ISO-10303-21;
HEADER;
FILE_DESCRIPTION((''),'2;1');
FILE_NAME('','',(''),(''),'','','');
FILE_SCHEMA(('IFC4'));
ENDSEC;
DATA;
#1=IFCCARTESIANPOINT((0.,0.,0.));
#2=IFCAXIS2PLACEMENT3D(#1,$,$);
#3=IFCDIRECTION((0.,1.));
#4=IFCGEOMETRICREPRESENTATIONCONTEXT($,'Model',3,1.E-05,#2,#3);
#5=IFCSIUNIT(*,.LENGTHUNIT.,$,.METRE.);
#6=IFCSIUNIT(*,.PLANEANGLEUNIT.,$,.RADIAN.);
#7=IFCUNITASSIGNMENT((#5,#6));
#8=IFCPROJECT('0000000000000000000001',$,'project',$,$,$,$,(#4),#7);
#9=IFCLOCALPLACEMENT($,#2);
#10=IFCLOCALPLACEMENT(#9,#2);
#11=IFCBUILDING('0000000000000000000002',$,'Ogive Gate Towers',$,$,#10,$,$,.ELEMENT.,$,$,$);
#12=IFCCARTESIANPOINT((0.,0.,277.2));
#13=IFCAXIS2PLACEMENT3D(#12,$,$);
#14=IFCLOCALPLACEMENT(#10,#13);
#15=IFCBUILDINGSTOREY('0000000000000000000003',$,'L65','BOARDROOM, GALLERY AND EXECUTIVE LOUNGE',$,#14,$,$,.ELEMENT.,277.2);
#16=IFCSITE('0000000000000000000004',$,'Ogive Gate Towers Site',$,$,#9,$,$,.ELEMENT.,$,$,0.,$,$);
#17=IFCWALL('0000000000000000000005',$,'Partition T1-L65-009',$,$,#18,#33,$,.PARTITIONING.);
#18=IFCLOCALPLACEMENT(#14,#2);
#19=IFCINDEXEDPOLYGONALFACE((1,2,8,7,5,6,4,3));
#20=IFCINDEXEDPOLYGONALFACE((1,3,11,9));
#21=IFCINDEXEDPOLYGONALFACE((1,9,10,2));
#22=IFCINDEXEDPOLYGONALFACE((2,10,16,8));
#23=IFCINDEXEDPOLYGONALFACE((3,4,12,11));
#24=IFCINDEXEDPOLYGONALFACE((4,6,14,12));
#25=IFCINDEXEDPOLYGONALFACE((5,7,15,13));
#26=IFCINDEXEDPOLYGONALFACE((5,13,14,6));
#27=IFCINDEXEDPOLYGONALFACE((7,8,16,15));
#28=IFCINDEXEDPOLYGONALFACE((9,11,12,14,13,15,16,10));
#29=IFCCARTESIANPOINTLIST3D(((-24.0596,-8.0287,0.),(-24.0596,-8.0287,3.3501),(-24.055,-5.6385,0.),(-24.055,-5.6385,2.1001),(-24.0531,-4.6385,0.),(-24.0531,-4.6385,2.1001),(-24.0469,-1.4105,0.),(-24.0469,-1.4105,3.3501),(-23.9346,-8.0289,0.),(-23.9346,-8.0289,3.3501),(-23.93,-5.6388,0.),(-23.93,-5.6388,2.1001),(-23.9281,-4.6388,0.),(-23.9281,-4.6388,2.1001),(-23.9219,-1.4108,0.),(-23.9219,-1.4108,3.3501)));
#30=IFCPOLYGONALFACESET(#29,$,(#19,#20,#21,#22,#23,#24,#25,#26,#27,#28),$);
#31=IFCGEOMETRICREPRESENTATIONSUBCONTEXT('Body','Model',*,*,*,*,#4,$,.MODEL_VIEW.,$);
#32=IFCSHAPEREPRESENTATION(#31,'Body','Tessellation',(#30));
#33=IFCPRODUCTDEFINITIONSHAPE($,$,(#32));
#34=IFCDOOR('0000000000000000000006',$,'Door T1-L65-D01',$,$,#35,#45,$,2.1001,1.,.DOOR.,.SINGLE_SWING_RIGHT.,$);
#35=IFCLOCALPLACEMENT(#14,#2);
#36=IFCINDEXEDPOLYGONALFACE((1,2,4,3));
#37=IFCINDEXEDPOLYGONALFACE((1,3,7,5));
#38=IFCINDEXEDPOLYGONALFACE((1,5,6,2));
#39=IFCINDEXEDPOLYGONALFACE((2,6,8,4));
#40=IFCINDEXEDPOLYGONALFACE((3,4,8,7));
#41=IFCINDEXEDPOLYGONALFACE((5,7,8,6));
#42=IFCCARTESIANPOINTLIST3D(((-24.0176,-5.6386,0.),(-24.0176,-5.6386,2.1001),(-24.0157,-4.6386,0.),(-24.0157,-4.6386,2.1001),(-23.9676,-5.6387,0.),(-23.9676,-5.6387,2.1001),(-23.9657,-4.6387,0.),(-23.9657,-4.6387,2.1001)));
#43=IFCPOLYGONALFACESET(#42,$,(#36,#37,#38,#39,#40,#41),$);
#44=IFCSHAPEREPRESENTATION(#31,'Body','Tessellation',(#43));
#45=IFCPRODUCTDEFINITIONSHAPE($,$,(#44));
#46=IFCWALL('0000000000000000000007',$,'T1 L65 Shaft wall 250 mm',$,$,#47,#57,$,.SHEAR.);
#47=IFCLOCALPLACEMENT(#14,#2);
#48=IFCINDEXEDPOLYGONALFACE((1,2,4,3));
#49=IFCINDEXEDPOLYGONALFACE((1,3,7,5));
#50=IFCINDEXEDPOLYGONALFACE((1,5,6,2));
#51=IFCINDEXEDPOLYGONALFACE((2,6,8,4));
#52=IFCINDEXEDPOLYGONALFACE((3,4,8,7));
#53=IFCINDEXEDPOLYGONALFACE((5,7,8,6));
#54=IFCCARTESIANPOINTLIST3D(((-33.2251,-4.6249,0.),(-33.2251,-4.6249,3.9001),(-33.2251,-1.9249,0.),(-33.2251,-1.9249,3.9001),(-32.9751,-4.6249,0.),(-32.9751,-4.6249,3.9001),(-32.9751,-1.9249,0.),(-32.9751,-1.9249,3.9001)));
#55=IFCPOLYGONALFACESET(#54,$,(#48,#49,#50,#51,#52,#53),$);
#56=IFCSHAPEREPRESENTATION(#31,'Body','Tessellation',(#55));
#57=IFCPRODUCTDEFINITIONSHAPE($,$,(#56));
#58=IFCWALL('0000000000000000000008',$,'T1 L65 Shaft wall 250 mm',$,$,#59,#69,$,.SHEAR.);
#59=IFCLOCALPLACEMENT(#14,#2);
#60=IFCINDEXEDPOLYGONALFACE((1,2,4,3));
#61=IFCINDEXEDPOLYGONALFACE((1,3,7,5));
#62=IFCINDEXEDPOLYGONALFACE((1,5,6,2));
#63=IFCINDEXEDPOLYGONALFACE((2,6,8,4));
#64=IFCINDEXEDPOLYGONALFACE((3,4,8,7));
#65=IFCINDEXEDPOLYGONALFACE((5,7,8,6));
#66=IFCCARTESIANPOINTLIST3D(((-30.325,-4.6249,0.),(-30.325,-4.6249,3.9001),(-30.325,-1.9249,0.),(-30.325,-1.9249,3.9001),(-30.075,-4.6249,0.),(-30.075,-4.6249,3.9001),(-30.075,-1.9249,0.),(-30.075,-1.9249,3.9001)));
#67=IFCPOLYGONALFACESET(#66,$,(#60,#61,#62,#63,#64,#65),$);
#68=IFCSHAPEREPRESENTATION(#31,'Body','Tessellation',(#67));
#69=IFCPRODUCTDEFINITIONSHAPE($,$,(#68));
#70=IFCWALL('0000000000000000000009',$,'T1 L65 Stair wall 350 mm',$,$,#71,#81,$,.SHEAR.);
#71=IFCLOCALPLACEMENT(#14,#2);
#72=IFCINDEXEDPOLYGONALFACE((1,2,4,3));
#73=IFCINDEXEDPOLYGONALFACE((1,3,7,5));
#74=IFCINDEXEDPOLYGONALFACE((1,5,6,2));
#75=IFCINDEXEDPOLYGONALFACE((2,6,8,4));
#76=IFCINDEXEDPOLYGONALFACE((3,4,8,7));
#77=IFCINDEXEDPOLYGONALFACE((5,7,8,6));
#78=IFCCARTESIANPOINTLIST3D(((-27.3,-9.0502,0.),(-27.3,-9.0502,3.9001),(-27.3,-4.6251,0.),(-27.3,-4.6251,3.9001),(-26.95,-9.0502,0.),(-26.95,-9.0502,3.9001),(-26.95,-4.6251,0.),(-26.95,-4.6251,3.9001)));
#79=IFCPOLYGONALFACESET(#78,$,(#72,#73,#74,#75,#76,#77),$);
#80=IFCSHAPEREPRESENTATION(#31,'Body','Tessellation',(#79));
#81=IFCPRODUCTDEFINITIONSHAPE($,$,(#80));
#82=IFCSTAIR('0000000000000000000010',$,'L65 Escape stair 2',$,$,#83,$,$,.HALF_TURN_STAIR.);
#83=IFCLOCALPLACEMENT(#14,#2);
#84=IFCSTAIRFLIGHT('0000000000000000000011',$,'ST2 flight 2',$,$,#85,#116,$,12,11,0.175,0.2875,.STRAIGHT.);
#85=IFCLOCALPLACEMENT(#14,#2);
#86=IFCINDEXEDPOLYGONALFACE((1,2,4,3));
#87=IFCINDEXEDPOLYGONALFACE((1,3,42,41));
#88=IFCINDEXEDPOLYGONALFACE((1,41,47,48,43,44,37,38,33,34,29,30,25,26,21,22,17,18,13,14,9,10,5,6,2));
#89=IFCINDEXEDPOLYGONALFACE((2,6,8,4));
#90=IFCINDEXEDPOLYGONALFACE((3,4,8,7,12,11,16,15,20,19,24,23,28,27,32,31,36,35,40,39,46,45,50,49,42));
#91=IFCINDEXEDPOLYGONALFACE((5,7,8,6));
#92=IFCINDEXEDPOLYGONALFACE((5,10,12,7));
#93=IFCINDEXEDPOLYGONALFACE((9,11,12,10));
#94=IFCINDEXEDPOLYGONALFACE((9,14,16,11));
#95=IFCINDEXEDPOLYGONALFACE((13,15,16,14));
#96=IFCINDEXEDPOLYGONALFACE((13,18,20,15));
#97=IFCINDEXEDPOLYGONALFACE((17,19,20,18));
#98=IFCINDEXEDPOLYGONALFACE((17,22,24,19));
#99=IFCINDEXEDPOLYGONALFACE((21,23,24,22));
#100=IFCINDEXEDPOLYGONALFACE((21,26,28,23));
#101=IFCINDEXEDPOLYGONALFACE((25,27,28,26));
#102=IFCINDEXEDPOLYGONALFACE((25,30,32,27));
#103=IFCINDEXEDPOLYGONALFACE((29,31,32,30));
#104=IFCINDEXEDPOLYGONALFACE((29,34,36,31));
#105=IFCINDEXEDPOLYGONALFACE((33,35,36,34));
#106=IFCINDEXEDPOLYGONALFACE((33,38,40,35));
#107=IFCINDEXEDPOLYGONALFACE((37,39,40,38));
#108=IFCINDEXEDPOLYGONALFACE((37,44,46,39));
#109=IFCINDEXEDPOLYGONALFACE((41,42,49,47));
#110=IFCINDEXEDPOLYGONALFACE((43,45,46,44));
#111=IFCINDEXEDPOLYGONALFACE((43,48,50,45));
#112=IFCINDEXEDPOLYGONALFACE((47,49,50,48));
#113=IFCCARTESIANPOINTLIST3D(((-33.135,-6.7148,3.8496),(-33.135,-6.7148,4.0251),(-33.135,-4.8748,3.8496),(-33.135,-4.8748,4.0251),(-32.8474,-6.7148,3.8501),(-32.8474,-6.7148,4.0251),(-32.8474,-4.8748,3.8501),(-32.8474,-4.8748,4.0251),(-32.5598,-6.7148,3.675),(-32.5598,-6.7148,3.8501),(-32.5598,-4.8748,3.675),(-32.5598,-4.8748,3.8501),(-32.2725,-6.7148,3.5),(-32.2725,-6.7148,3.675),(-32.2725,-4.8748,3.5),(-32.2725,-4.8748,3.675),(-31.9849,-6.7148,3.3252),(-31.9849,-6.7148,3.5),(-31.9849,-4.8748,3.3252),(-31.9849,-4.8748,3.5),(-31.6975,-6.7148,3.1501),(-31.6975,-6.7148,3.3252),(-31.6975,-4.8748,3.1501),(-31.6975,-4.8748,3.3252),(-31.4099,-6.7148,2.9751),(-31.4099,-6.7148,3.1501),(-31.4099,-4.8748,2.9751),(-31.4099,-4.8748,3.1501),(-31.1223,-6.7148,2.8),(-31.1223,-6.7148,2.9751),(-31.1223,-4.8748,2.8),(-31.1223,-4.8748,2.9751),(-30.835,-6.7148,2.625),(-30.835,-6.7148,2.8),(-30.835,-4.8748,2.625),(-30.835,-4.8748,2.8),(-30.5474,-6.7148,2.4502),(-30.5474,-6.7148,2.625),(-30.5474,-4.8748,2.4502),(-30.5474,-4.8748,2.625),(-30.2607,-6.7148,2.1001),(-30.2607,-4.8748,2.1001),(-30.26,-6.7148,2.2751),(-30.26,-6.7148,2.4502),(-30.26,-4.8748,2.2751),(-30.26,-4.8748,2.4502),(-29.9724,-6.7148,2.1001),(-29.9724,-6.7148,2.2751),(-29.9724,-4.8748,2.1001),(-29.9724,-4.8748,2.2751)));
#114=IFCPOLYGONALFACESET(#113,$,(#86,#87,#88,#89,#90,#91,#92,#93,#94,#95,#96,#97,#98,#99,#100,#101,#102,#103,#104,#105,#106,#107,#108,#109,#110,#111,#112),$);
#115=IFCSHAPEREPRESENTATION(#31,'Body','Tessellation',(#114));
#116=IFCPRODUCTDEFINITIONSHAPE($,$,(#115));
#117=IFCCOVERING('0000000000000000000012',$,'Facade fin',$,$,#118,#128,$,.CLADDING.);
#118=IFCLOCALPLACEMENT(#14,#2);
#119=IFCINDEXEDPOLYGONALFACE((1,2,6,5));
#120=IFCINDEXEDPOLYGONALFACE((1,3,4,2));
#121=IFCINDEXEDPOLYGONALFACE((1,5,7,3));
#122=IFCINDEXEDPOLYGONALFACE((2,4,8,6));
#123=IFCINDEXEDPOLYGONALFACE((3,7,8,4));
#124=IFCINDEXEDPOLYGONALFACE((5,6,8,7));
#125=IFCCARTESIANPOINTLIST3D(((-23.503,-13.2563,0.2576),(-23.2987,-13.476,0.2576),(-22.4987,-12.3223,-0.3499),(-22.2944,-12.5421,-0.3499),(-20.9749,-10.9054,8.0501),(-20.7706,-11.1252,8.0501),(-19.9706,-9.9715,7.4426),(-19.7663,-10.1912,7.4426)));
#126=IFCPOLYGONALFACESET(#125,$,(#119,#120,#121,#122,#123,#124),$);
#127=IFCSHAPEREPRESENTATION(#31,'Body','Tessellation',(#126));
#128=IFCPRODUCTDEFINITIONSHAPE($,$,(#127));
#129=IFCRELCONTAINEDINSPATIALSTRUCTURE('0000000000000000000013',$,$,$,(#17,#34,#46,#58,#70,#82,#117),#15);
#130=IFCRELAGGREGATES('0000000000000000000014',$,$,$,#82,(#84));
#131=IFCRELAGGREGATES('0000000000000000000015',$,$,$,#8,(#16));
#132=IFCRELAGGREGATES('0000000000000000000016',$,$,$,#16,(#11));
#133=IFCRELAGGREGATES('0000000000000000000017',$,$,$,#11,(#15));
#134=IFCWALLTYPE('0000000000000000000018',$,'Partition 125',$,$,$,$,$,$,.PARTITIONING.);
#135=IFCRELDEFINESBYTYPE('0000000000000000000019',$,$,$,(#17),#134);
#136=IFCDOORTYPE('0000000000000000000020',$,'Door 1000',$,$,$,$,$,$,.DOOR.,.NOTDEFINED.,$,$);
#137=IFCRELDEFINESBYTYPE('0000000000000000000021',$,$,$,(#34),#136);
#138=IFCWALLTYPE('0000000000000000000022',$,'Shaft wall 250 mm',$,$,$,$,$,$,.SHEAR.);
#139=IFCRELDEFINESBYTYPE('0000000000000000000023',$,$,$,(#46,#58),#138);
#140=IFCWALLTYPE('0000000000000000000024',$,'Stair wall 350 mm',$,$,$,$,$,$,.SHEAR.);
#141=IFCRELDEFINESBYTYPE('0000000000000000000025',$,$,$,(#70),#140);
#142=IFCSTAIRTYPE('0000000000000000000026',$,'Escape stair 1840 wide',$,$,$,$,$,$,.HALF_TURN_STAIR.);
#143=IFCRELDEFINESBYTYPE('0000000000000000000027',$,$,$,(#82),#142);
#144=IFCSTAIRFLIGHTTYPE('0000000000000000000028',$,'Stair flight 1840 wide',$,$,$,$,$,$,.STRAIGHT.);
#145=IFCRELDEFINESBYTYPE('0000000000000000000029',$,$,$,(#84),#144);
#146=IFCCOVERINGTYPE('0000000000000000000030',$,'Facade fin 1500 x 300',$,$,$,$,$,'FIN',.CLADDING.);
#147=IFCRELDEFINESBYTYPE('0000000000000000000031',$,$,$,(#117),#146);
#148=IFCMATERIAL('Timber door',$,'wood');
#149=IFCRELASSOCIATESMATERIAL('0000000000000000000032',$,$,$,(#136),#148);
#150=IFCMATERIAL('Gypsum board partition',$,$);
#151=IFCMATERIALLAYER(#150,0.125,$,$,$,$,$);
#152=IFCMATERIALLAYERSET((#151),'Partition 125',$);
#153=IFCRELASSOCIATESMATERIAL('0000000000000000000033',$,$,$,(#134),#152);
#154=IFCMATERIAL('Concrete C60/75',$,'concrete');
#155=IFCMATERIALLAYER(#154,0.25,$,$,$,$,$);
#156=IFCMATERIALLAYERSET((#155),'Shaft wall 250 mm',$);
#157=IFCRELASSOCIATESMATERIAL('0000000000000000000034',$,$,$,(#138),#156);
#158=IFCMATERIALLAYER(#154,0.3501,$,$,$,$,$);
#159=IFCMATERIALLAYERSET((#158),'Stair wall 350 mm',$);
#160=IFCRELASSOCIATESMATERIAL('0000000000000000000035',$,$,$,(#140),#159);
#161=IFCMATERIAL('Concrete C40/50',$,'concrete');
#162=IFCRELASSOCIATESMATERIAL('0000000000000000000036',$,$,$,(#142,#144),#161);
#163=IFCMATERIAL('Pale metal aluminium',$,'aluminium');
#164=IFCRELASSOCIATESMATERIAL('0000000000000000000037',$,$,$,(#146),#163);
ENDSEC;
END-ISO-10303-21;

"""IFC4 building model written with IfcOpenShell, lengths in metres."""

from ifc_helpers import new_model, si_unit, direction, frame, frame_2d, origin, origin_2d, place, context, subcontext, project, spatial, polyline, rectangle, outline, extrude, material, layer, layer_set, material_profile, profile_set, type_object, element, fill, aggregate, save


model = new_model("IFC4")

# Units and contexts
model_context = context("Model", 3, precision=1e-05, world=origin(), true_north=direction((0.0, 1.0)))
body_context = subcontext(model_context, "Body", "Model", "MODEL_VIEW")
ifc_project = project(units=[si_unit("LENGTHUNIT", "METRE"), si_unit("PLANEANGLEUNIT", "RADIAN")], contexts=[model_context])

# Site, building, storey
site_placement = place(None, origin())
site = spatial("IfcSite", under=ifc_project, at=site_placement, Name="Ogive Gate Towers Site", CompositionType="ELEMENT", RefElevation=0.0)
building_placement = place(site_placement, origin())
building = spatial("IfcBuilding", under=site, at=building_placement, Name="Ogive Gate Towers", CompositionType="ELEMENT")
storey_placement = place(building_placement, frame((0.0, 0.0, 277.2)))
storey = spatial("IfcBuildingStorey", under=building, at=storey_placement, Name="L65", Description="BOARDROOM, GALLERY AND EXECUTIVE LOUNGE", CompositionType="ELEMENT", Elevation=277.2)

# Shared definitions
ifc_material_1 = material(Name="Pale metal aluminium", Category="aluminium")

# Shared definitions
ifc_material_2 = material(Name="Timber door", Category="wood")
door_type_1 = type_object("IfcDoorType", Name="Door 1000", OperationType="NOTDEFINED", PredefinedType="DOOR", material=ifc_material_2)

# Shared definitions
ifc_material_3 = material(Name="Concrete C60/75", Category="concrete")

# Shared definitions
ifc_material_4 = material(Name="Gypsum board partition")
ifc_layer_1 = layer(ifc_material_4, 0.125)
ifc_layer_set_1 = layer_set([ifc_layer_1], Name="Partition 125")
wall_type_1 = type_object("IfcWallType", Name="Partition 125", PredefinedType="PARTITIONING", material=ifc_layer_set_1)

# Wall, opening, door
wall_1_placement = place(storey_placement, frame((-23.9844, -1.4106, 0.0), z_axis=(0.0, 0.0, 1.0), x_axis=(-0.001918, -0.999998, 0.0)))
wall_1 = element("IfcWall", 1, at=wall_1_placement, inside=storey, type_object=wall_type_1, Name="Partition T1-L65-009", PredefinedType="PARTITIONING", context=body_context, shape_type="SweptSolid", body=[
    extrude(rectangle(XDim=6.6182, YDim=0.125, at=frame_2d((3.3091, 0.0))), origin(), (0.0, 0.0, 1.0), 3.3501),
])
opening_1_placement = place(wall_1_placement, frame((3.228, 0.0, 0.0)))
opening_1 = element("IfcOpeningElement", 2, at=opening_1_placement, cuts=wall_1, PredefinedType="OPENING", context=body_context, shape_type="SweptSolid", body=[
    extrude(rectangle(XDim=1.0, YDim=2.1001, at=frame_2d((0.5, 1.05))), frame((0.0, 0.0725, 0.0), z_axis=(0.0, -1.0, 0.0), x_axis=(1.0, 0.0, 0.0)), (0.0, 0.0, 1.0), 0.145),
])
door_1_placement = place(opening_1_placement, origin())
door_1 = element("IfcDoor", 3, at=door_1_placement, inside=storey, type_object=door_type_1, Name="Door T1-L65-D01", OperationType="SINGLE_SWING_RIGHT", OverallHeight=2.1001, OverallWidth=1.0, PredefinedType="DOOR", context=body_context, shape_type="SweptSolid", body=[
    extrude(rectangle(XDim=1.0, YDim=2.1001, at=frame_2d((0.5, 1.05))), frame((0.0, 0.0249, 0.0), z_axis=(0.0, -1.0, 0.0), x_axis=(1.0, 0.0, 0.0)), (0.0, 0.0, 1.0), 0.05),
])
fill(opening_1, door_1)

# Walls
ifc_layer_2 = layer(ifc_material_3, 0.25)
ifc_layer_set_2 = layer_set([ifc_layer_2], Name="Shaft wall 250 mm")
wall_type_2 = type_object("IfcWallType", Name="Shaft wall 250 mm", PredefinedType="SHEAR", material=ifc_layer_set_2)
for number, where, z_axis, x_axis, name in (
    (4, (-33.1001, -4.625, 0.0), (0.0, 0.0, 1.0), (0.0, 1.0, 0.0), "T1 L65 Shaft wall 250 mm"),
    (5, (-30.2, -4.625, 0.0), (0.0, 0.0, 1.0), (0.0, 1.0, 0.0), "T1 L65 Shaft wall 250 mm"),
):
    element("IfcWall", number, at=place(storey_placement, frame(where, z_axis=z_axis, x_axis=x_axis)), inside=storey, type_object=wall_type_2, Name=name, PredefinedType="SHEAR", context=body_context, shape_type="SweptSolid", body=[
        extrude(rectangle(XDim=2.7, YDim=0.25, at=frame_2d((1.3501, 0.0))), origin(), (0.0, 0.0, 1.0), 3.9001),
    ])
ifc_layer_3 = layer(ifc_material_3, 0.3501)
ifc_layer_set_3 = layer_set([ifc_layer_3], Name="Stair wall 350 mm")
wall_type_3 = type_object("IfcWallType", Name="Stair wall 350 mm", PredefinedType="SHEAR", material=ifc_layer_set_3)
wall_2_placement = place(storey_placement, frame((-27.125, -9.05, 0.0), z_axis=(0.0, 0.0, 1.0), x_axis=(0.0, 1.0, 0.0)))
element("IfcWall", 6, at=wall_2_placement, inside=storey, type_object=wall_type_3, Name="T1 L65 Stair wall 350 mm", PredefinedType="SHEAR", context=body_context, shape_type="SweptSolid", body=[
    extrude(rectangle(XDim=4.425, YDim=0.3501, at=frame_2d((2.2124, 0.0))), origin(), (0.0, 0.0, 1.0), 3.9001),
])

# Stair, stair flight
ifc_material_5 = material(Name="Concrete C40/50", Category="concrete")
stair_type = type_object("IfcStairType", Name="Escape stair 1840 wide", PredefinedType="HALF_TURN_STAIR", material=ifc_material_5)
stair_placement = place(storey_placement, origin())
stair = element("IfcStair", 7, at=stair_placement, inside=storey, type_object=stair_type, Name="L65 Escape stair 2", PredefinedType="HALF_TURN_STAIR")
stair_flight_type = type_object("IfcStairFlightType", Name="Stair flight 1840 wide", PredefinedType="STRAIGHT", material=ifc_material_5)
stair_flight_placement = place(storey_placement, frame((-29.9724, -5.7949, 2.1001), z_axis=(0.0, 0.0, 1.0), x_axis=(-1.0, 0.0, 0.0)))
stair_flight = element("IfcStairFlight", 8, at=stair_flight_placement, type_object=stair_flight_type, Name="ST2 flight 2", NumberOfRisers=12, NumberOfTreads=11, PredefinedType="STRAIGHT", RiserHeight=0.175, TreadLength=0.2875, context=body_context, shape_type="SweptSolid", body=[
    extrude(outline(polyline([(0.0, 0.0), (0.0, 0.175), (0.2876, 0.175), (0.2876, 0.3501), (0.575, 0.3501), (0.575, 0.5249), (0.8625, 0.5249), (0.8625, 0.7), (1.1499, 0.7), (1.1499, 0.875), (1.4375, 0.875), (1.4375, 1.05), (1.7251, 1.05), (1.7251, 1.2251), (2.0125, 1.2251), (2.0125, 1.3999), (2.3, 1.3999), (2.3, 1.575), (2.5874, 1.575), (2.5874, 1.75), (2.875, 1.75), (2.875, 1.925), (3.1626, 1.925), (3.1626, 2.1001), (3.1626, 1.7495), (0.2883, 0.0), (0.0, 0.0)])), frame((0.0, 0.9199, 0.0), z_axis=(0.0, -1.0, 0.0), x_axis=(1.0, 0.0, 0.0)), (0.0, 0.0, 1.0), 1.8401),
])
aggregate(stair, [stair_flight])

# Covering
ifc_material_profile_1 = material_profile(ifc_material_1, rectangle(XDim=0.3, YDim=1.5, at=origin_2d()), Name="1500 x 300 pale metal aluminium")
ifc_profile_set_1 = profile_set([ifc_material_profile_1], Name="Pale metal aluminium")
covering_type = type_object("IfcCoveringType", Name="Facade fin 1500 x 300", ElementType="FIN", PredefinedType="CLADDING", material=ifc_profile_set_1)
covering_placement = place(storey_placement, frame((-22.8987, -12.8992, -0.0461), z_axis=(0.296621, 0.275824, 0.914296), x_axis=(-0.680969, 0.732312, 0.0)))
element("IfcCovering", 9, at=covering_placement, inside=storey, type_object=covering_type, Name="Facade fin", PredefinedType="CLADDING", context=body_context, shape_type="SweptSolid", body=[
    extrude(rectangle(XDim=0.3, YDim=1.5, at=origin_2d()), origin(), (0.0, 0.0, 1.0), 8.5229),
])

save(model, "model.ifc")
